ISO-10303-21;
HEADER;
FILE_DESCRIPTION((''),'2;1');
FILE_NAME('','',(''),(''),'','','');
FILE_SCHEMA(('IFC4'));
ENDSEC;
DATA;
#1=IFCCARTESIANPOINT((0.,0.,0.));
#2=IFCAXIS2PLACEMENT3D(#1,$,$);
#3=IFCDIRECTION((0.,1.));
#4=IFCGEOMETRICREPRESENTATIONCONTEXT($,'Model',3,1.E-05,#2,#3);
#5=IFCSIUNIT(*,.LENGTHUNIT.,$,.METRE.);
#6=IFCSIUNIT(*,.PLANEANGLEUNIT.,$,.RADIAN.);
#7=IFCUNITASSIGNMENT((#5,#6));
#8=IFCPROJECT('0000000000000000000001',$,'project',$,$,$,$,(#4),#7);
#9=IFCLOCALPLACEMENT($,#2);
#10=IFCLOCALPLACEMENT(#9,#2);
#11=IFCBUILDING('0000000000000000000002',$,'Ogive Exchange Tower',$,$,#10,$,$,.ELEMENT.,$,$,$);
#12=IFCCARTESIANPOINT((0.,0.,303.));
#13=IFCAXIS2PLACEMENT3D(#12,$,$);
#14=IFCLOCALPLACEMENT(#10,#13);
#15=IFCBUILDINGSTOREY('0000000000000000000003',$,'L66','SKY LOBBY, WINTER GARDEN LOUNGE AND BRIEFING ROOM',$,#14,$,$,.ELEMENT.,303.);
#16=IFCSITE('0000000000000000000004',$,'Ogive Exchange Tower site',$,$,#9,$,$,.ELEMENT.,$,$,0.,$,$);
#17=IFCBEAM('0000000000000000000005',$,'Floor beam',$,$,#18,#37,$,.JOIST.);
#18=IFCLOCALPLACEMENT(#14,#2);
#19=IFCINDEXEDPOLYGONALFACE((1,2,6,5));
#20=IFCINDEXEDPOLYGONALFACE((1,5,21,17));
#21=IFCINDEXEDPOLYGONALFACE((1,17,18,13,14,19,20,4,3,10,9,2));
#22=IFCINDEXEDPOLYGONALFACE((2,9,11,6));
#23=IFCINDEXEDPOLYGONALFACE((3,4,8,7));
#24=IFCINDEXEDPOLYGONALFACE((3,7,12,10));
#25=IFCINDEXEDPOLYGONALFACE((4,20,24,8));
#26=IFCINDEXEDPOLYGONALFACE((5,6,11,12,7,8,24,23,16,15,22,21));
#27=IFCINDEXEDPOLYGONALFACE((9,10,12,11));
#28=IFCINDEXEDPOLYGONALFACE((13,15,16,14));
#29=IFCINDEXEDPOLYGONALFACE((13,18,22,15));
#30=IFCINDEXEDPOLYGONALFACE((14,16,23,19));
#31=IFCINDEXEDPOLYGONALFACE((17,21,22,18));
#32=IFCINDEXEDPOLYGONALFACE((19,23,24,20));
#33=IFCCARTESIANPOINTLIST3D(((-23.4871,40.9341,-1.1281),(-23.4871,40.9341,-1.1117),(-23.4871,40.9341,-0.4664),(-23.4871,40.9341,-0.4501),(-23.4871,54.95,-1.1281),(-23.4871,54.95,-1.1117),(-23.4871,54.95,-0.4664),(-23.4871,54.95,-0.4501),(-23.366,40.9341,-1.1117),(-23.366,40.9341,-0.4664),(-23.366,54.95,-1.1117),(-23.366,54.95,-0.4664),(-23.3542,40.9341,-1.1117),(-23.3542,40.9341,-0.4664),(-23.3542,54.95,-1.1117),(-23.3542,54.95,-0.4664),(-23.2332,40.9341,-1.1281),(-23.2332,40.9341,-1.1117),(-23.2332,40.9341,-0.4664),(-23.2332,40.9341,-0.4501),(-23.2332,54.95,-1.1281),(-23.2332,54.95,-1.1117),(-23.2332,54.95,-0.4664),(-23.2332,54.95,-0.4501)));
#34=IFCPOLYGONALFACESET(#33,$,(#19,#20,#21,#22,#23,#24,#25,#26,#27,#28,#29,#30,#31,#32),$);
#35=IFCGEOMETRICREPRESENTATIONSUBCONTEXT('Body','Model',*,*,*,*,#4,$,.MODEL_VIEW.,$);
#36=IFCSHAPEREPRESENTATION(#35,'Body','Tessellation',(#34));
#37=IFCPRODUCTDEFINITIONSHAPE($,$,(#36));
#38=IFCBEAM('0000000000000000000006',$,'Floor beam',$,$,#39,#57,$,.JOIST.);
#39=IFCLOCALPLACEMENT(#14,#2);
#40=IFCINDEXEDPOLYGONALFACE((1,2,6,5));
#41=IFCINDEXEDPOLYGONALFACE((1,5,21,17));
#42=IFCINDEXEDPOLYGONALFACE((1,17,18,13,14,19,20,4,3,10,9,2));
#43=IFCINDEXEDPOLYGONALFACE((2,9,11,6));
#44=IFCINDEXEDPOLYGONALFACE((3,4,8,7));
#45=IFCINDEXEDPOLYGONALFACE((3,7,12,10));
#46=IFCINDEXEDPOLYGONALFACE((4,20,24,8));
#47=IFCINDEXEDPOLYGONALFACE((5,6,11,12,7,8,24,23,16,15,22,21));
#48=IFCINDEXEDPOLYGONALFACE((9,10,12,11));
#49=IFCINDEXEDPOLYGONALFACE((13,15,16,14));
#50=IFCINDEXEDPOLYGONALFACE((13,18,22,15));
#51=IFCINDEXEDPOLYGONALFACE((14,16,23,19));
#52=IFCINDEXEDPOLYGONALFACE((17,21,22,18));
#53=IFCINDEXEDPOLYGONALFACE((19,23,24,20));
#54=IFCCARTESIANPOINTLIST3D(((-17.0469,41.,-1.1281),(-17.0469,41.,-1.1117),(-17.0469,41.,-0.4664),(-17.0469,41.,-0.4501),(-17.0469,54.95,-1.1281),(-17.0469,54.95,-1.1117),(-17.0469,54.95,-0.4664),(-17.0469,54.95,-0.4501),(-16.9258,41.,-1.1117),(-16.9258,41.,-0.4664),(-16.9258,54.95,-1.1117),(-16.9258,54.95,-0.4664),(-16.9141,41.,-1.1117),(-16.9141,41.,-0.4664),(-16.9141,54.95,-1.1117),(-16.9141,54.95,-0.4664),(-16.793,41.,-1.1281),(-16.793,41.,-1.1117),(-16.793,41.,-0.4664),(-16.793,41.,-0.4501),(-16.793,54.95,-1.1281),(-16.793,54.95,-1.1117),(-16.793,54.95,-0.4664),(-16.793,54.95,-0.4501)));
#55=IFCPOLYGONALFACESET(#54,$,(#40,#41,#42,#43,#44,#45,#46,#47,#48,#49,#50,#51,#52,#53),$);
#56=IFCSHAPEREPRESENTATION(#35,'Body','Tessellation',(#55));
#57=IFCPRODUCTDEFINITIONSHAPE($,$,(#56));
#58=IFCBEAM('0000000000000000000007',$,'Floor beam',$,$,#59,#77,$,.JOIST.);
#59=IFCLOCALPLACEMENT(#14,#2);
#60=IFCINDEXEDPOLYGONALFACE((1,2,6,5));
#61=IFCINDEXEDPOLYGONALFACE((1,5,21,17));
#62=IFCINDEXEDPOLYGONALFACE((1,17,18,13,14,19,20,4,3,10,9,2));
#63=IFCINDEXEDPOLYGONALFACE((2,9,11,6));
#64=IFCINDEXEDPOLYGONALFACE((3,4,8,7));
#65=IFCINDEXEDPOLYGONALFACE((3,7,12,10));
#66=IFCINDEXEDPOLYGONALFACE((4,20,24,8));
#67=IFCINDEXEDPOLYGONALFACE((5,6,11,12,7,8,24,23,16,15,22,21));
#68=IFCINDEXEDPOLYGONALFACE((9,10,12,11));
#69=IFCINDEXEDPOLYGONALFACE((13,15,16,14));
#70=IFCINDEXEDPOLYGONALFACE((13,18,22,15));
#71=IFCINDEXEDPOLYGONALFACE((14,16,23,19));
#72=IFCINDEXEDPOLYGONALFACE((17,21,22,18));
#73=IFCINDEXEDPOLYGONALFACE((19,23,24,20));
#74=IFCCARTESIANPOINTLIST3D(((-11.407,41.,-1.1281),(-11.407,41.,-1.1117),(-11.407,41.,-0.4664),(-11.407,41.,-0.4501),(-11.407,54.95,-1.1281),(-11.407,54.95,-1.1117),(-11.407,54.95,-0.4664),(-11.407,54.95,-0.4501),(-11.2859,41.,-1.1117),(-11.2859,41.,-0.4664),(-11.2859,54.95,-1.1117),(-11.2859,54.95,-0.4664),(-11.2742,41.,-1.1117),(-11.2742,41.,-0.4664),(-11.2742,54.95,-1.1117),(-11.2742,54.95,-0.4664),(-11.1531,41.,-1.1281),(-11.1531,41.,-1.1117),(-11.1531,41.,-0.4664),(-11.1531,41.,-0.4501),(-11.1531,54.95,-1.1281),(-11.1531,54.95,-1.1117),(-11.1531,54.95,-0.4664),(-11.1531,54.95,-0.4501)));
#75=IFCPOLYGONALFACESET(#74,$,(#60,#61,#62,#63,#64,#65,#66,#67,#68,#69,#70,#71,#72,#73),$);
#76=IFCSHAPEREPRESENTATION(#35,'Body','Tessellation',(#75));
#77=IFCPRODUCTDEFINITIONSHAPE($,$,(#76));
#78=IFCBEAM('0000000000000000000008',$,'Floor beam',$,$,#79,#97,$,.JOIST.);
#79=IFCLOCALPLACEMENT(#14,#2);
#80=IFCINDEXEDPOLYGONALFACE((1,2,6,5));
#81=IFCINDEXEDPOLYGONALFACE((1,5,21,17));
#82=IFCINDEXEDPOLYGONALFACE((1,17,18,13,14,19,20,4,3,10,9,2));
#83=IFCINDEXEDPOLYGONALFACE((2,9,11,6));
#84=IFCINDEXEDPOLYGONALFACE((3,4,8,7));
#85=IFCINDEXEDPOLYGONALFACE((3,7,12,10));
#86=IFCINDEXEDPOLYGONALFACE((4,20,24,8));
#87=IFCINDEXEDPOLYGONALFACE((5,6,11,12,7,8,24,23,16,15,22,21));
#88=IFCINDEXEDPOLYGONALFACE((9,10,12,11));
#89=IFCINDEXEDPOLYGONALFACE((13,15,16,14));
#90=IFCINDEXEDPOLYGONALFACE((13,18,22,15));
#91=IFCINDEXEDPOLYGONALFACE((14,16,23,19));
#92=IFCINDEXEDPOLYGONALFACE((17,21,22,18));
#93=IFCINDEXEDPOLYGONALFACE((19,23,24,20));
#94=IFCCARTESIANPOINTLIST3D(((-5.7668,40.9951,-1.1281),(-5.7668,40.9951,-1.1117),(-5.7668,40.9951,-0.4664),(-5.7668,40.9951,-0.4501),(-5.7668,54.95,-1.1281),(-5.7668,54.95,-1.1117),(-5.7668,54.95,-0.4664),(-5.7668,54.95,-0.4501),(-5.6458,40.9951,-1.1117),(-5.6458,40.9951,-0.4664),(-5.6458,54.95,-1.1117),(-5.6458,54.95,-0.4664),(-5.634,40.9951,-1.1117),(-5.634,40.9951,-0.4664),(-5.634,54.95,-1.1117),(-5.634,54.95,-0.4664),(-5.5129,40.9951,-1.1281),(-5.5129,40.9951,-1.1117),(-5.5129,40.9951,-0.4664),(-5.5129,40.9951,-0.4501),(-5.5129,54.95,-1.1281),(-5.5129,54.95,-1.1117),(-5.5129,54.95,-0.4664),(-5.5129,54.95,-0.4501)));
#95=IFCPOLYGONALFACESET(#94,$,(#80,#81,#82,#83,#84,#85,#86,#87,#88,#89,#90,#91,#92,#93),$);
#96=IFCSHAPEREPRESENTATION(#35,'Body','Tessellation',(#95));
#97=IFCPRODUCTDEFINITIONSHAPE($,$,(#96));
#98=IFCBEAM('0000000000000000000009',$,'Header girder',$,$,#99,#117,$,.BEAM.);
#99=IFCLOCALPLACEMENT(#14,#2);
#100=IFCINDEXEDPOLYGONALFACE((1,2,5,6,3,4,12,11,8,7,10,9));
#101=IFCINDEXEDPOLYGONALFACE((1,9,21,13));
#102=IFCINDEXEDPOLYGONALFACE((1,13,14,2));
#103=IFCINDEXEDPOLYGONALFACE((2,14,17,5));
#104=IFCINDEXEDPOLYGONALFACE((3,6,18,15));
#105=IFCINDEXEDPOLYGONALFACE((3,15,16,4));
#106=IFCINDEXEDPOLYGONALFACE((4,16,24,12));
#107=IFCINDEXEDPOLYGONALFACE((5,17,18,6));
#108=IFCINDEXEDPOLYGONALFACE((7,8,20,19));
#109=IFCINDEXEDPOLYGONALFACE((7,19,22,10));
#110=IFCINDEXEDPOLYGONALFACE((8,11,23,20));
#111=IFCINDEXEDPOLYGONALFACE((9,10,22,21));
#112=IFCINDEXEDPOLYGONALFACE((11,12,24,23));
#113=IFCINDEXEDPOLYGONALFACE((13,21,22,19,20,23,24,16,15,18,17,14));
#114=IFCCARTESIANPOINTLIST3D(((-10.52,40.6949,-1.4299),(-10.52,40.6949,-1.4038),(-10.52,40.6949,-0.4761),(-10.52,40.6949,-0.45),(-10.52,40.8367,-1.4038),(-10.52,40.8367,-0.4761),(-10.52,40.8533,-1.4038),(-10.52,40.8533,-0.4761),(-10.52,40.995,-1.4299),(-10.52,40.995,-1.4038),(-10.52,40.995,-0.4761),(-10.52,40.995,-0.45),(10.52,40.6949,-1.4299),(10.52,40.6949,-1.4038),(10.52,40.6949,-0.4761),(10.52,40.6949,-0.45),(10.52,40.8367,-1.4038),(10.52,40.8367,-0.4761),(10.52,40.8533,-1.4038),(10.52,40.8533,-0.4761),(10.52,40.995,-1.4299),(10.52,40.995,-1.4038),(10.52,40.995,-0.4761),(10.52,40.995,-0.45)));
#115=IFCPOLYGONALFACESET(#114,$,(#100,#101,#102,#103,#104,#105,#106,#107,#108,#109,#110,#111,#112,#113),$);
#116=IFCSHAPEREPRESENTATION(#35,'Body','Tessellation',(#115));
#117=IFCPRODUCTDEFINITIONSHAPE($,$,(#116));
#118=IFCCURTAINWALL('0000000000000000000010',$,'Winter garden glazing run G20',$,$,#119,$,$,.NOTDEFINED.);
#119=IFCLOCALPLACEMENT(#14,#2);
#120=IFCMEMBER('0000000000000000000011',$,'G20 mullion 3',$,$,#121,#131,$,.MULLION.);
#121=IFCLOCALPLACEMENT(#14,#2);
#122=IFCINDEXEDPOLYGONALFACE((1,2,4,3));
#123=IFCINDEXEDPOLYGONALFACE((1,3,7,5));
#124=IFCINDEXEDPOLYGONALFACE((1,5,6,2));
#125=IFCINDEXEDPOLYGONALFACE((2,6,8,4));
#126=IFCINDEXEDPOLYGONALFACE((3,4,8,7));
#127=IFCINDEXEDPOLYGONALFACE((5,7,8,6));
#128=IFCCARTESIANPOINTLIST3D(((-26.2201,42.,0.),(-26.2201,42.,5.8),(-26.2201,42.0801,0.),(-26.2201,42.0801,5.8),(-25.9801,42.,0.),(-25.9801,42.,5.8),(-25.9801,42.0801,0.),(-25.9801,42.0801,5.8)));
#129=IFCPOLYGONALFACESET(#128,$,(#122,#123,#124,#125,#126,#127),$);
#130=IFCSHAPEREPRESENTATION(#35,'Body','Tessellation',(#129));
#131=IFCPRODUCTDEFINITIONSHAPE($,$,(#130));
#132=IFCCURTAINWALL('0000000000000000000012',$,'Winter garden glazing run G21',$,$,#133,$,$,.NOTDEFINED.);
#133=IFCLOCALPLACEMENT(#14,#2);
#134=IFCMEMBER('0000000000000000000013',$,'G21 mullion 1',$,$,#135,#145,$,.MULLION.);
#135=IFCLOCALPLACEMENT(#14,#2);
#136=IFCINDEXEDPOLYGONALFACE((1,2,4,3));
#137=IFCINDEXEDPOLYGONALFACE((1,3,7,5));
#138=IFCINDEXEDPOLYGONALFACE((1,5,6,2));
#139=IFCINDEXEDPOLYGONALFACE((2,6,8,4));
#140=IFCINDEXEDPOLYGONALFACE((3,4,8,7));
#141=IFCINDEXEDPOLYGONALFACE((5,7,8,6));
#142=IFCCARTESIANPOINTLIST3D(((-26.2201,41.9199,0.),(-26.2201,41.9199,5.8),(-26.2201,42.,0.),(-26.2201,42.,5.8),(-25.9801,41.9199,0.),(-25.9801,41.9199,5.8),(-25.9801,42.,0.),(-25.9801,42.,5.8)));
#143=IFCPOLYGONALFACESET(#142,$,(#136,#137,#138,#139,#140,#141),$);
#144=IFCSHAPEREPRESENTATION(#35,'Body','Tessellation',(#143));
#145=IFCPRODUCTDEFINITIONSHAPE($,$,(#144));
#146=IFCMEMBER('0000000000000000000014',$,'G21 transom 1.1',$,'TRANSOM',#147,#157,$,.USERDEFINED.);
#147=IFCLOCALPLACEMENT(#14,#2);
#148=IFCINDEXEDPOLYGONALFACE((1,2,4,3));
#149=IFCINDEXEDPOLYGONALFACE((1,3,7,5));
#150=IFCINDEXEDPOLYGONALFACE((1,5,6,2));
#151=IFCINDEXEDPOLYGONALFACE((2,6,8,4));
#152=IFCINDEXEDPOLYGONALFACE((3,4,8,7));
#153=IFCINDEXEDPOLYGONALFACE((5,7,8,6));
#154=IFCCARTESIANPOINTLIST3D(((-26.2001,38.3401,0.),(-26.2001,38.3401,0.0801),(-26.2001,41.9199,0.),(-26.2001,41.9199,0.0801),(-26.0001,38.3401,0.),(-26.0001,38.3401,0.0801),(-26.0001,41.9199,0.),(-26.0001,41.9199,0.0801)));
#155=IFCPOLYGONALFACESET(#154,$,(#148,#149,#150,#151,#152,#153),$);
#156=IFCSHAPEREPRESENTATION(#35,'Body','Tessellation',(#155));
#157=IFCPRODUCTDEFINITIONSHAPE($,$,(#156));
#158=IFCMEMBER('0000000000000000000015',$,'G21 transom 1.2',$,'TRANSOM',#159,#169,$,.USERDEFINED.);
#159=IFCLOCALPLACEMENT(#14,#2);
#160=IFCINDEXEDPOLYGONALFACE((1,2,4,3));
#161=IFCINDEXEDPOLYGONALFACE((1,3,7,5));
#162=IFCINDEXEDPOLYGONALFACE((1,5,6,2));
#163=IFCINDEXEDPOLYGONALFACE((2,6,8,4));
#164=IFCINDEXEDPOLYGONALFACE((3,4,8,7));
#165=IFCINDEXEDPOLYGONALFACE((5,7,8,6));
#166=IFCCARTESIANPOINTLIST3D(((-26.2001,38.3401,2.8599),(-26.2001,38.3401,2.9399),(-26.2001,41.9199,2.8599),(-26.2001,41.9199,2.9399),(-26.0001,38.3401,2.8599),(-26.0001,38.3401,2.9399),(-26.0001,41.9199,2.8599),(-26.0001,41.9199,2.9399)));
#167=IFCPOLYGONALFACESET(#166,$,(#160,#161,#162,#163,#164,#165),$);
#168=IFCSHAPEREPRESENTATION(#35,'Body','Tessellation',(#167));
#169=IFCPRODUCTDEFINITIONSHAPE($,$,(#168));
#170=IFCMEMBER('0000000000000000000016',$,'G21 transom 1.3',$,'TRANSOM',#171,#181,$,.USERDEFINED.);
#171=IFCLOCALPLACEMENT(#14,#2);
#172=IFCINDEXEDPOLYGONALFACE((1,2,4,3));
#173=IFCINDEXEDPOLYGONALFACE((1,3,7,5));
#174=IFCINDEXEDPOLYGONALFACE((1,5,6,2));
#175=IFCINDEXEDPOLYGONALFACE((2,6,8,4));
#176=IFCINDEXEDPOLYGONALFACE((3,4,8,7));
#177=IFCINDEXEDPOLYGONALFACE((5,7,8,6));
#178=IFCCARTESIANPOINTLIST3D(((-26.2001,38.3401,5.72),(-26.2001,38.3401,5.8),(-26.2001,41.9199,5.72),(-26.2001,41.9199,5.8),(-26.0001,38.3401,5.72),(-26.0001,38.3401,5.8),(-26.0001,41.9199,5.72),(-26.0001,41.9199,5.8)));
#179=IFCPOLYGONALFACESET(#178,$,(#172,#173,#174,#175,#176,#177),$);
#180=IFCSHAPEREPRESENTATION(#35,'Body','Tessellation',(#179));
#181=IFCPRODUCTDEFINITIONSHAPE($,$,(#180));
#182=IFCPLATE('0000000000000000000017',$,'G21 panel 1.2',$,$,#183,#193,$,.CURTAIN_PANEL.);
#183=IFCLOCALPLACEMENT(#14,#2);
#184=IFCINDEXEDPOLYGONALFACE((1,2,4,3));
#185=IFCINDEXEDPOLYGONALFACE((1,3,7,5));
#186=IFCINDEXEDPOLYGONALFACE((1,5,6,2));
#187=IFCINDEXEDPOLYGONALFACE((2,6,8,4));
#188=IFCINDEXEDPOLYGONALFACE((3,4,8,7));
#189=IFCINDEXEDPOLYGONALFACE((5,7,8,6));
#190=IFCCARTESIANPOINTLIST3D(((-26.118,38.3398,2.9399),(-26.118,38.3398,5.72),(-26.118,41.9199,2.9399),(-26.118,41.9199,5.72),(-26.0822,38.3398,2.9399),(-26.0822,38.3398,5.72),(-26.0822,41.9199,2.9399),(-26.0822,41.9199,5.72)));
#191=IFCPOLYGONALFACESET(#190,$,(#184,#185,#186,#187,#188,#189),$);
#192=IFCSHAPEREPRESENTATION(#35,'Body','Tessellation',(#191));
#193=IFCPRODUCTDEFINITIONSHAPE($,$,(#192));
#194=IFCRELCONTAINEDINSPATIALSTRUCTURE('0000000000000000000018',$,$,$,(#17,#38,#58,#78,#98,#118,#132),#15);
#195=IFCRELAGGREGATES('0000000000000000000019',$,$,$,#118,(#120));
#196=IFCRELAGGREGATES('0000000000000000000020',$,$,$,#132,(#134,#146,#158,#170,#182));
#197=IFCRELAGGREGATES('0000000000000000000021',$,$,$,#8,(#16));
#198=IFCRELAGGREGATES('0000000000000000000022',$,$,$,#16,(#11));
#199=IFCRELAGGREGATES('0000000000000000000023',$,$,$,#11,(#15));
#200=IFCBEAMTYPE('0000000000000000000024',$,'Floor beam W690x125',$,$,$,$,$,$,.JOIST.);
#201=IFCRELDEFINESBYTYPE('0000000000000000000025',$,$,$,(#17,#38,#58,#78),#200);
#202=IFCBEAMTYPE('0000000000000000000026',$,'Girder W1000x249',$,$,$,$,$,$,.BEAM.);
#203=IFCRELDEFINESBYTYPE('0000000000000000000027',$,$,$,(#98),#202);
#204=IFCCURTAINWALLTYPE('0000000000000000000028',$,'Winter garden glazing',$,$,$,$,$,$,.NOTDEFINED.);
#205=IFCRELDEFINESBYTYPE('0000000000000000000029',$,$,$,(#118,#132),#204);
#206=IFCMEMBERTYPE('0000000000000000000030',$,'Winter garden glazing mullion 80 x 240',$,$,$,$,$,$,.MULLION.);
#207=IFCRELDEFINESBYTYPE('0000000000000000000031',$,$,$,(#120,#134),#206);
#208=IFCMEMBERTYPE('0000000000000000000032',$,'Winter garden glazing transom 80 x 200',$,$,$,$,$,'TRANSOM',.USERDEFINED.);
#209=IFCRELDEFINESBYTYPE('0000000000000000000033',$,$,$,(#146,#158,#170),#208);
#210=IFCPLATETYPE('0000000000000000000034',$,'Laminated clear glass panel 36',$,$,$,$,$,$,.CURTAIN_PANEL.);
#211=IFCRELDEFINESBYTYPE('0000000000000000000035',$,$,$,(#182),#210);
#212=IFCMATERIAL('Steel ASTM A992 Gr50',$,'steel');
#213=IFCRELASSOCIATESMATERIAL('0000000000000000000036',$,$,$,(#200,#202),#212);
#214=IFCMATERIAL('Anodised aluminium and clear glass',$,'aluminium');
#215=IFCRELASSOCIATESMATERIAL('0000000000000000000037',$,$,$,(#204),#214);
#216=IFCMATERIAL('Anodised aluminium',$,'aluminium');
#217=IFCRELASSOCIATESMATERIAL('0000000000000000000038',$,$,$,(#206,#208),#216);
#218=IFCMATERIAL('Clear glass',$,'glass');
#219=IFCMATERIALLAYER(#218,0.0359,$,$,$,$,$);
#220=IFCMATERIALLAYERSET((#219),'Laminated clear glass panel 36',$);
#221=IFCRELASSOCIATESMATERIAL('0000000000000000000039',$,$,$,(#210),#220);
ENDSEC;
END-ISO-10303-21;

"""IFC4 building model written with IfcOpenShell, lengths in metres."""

from ifc_helpers import new_model, si_unit, direction, frame, origin, origin_2d, place, context, subcontext, project, spatial, rectangle, i_section, extrude, material, layer, layer_set, material_profile, profile_set, type_object, element, aggregate, save


model = new_model("IFC4")

# Units and contexts
model_context = context("Model", 3, precision=1e-05, world=origin(), true_north=direction((0.0, 1.0)))
body_context = subcontext(model_context, "Body", "Model", "MODEL_VIEW")
ifc_project = project(units=[si_unit("LENGTHUNIT", "METRE"), si_unit("PLANEANGLEUNIT", "RADIAN")], contexts=[model_context])

# Site, building, storey
site_placement = place(None, origin())
site = spatial("IfcSite", under=ifc_project, at=site_placement, Name="Ogive Exchange Tower site", CompositionType="ELEMENT", RefElevation=0.0)
building_placement = place(site_placement, origin())
building = spatial("IfcBuilding", under=site, at=building_placement, Name="Ogive Exchange Tower", CompositionType="ELEMENT")
storey_placement = place(building_placement, frame((0.0, 0.0, 303.0)))
storey = spatial("IfcBuildingStorey", under=building, at=storey_placement, Name="L66", Description="SKY LOBBY, WINTER GARDEN LOUNGE AND BRIEFING ROOM", CompositionType="ELEMENT", Elevation=303.0)

# Beams
ifc_material_1 = material(Name="Steel ASTM A992 Gr50", Category="steel")
ifc_material_profile_1 = material_profile(ifc_material_1, i_section(OverallWidth=0.2539, OverallDepth=0.678, WebThickness=0.0117, FlangeThickness=0.0164, at=origin_2d()), Name="W690x125")
ifc_profile_set_1 = profile_set([ifc_material_profile_1], Name="Steel ASTM A992 Gr50")
beam_type_1 = type_object("IfcBeamType", Name="Floor beam W690x125", PredefinedType="JOIST", material=ifc_profile_set_1)
beam_1_placement = place(storey_placement, frame((-23.3601, 40.9341, -0.7891), z_axis=(0.0, 1.0, 0.0), x_axis=(-1.0, 0.0, 0.0)))
element("IfcBeam", 1, at=beam_1_placement, inside=storey, type_object=beam_type_1, Name="Floor beam", PredefinedType="JOIST", context=body_context, shape_type="SweptSolid", body=[
    extrude(i_section(OverallWidth=0.2539, OverallDepth=0.678, WebThickness=0.0117, FlangeThickness=0.0164, at=origin_2d()), origin(), (0.0, 0.0, 1.0), 14.0159),
])
for number, where, z_axis, x_axis, name in (
    (2, (-16.9199, 41.0, -0.7891), (0.0, 1.0, 0.0), (-1.0, 0.0, 0.0), "Floor beam"),
    (3, (-11.28, 41.0, -0.7891), (0.0, 1.0, 0.0), (-1.0, 0.0, 0.0), "Floor beam"),
):
    element("IfcBeam", number, at=place(storey_placement, frame(where, z_axis=z_axis, x_axis=x_axis)), inside=storey, type_object=beam_type_1, Name=name, PredefinedType="JOIST", context=body_context, shape_type="SweptSolid", body=[
        extrude(i_section(OverallWidth=0.2539, OverallDepth=0.678, WebThickness=0.0117, FlangeThickness=0.0164, at=origin_2d()), origin(), (0.0, 0.0, 1.0), 13.95),
    ])
beam_2_placement = place(storey_placement, frame((-5.6399, 40.9951, -0.7891), z_axis=(0.0, 1.0, 0.0), x_axis=(-1.0, 0.0, 0.0)))
element("IfcBeam", 4, at=beam_2_placement, inside=storey, type_object=beam_type_1, Name="Floor beam", PredefinedType="JOIST", context=body_context, shape_type="SweptSolid", body=[
    extrude(i_section(OverallWidth=0.2539, OverallDepth=0.678, WebThickness=0.0117, FlangeThickness=0.0164, at=origin_2d()), origin(), (0.0, 0.0, 1.0), 13.9548),
])
ifc_material_profile_2 = material_profile(ifc_material_1, i_section(OverallWidth=0.3, OverallDepth=0.98, WebThickness=0.0166, FlangeThickness=0.0261, at=origin_2d()), Name="W1000x249")
ifc_profile_set_2 = profile_set([ifc_material_profile_2], Name="Steel ASTM A992 Gr50")
beam_type_2 = type_object("IfcBeamType", Name="Girder W1000x249", PredefinedType="BEAM", material=ifc_profile_set_2)
beam_3_placement = place(storey_placement, frame((-10.52, 40.845, -0.9399), z_axis=(1.0, 0.0, 0.0), x_axis=(0.0, 1.0, 0.0)))
element("IfcBeam", 5, at=beam_3_placement, inside=storey, type_object=beam_type_2, Name="Header girder", PredefinedType="BEAM", context=body_context, shape_type="SweptSolid", body=[
    extrude(i_section(OverallWidth=0.3, OverallDepth=0.98, WebThickness=0.0166, FlangeThickness=0.0261, at=origin_2d()), origin(), (0.0, 0.0, 1.0), 21.04),
])

# Curtain wall, member
ifc_material_2 = material(Name="Anodised aluminium and clear glass", Category="aluminium")
curtain_wall_type = type_object("IfcCurtainWallType", Name="Winter garden glazing", PredefinedType="NOTDEFINED", material=ifc_material_2)
curtain_wall_1_placement = place(storey_placement, origin())
curtain_wall_1 = element("IfcCurtainWall", 6, at=curtain_wall_1_placement, inside=storey, type_object=curtain_wall_type, Name="Winter garden glazing run G20", PredefinedType="NOTDEFINED")
ifc_material_3 = material(Name="Anodised aluminium", Category="aluminium")
ifc_material_profile_3 = material_profile(ifc_material_3, rectangle(XDim=0.24, YDim=0.0801, at=origin_2d()), Name="AL 80x240")
ifc_profile_set_3 = profile_set([ifc_material_profile_3], Name="Anodised aluminium")
member_type_1 = type_object("IfcMemberType", Name="Winter garden glazing mullion 80 x 240", PredefinedType="MULLION", material=ifc_profile_set_3)
member_1_placement = place(storey_placement, frame((-26.1001, 42.04, 0.0), z_axis=(0.0, 0.0, 1.0), x_axis=(1.0, 0.0, 0.0)))
member_1 = element("IfcMember", 7, at=member_1_placement, type_object=member_type_1, Name="G20 mullion 3", PredefinedType="MULLION", context=body_context, shape_type="SweptSolid", body=[
    extrude(rectangle(XDim=0.24, YDim=0.0801, at=origin_2d()), origin(), (0.0, 0.0, 1.0), 5.8),
])
aggregate(curtain_wall_1, [member_1])

# Curtain wall, members, plate
curtain_wall_2_placement = place(storey_placement, origin())
curtain_wall_2 = element("IfcCurtainWall", 8, at=curtain_wall_2_placement, inside=storey, type_object=curtain_wall_type, Name="Winter garden glazing run G21", PredefinedType="NOTDEFINED")
member_2_placement = place(storey_placement, frame((-26.1001, 41.96, 0.0), z_axis=(0.0, 0.0, 1.0), x_axis=(1.0, 0.0, 0.0)))
member_2 = element("IfcMember", 9, at=member_2_placement, type_object=member_type_1, Name="G21 mullion 1", PredefinedType="MULLION", context=body_context, shape_type="SweptSolid", body=[
    extrude(rectangle(XDim=0.24, YDim=0.0801, at=origin_2d()), origin(), (0.0, 0.0, 1.0), 5.8),
])
ifc_material_profile_4 = material_profile(ifc_material_3, rectangle(XDim=0.2, YDim=0.0801, at=origin_2d()), Name="AL 80x200")
ifc_profile_set_4 = profile_set([ifc_material_profile_4], Name="Anodised aluminium")
member_type_2 = type_object("IfcMemberType", Name="Winter garden glazing transom 80 x 200", ElementType="TRANSOM", PredefinedType="USERDEFINED", material=ifc_profile_set_4)
member_3_placement = place(storey_placement, frame((-26.1001, 41.9199, 0.04), z_axis=(0.0, -1.0, 0.0), x_axis=(1.0, 0.0, 0.0)))
member_3 = element("IfcMember", 10, at=member_3_placement, type_object=member_type_2, Name="G21 transom 1.1", ObjectType="TRANSOM", PredefinedType="USERDEFINED", context=body_context, shape_type="SweptSolid", body=[
    extrude(rectangle(XDim=0.2, YDim=0.0801, at=origin_2d()), origin(), (0.0, 0.0, 1.0), 3.5798),
])
member_4_placement = place(storey_placement, frame((-26.1001, 41.9199, 2.8999), z_axis=(0.0, -1.0, 0.0), x_axis=(1.0, 0.0, 0.0)))
member_4 = element("IfcMember", 11, at=member_4_placement, type_object=member_type_2, Name="G21 transom 1.2", ObjectType="TRANSOM", PredefinedType="USERDEFINED", context=body_context, shape_type="SweptSolid", body=[
    extrude(rectangle(XDim=0.2, YDim=0.0801, at=origin_2d()), origin(), (0.0, 0.0, 1.0), 3.5798),
])
member_5_placement = place(storey_placement, frame((-26.1001, 41.9199, 5.76), z_axis=(0.0, -1.0, 0.0), x_axis=(1.0, 0.0, 0.0)))
member_5 = element("IfcMember", 12, at=member_5_placement, type_object=member_type_2, Name="G21 transom 1.3", ObjectType="TRANSOM", PredefinedType="USERDEFINED", context=body_context, shape_type="SweptSolid", body=[
    extrude(rectangle(XDim=0.2, YDim=0.0801, at=origin_2d()), origin(), (0.0, 0.0, 1.0), 3.5798),
])
ifc_material_4 = material(Name="Clear glass", Category="glass")
ifc_layer_1 = layer(ifc_material_4, 0.0359)
ifc_layer_set_1 = layer_set([ifc_layer_1], Name="Laminated clear glass panel 36")
plate_type = type_object("IfcPlateType", Name="Laminated clear glass panel 36", PredefinedType="CURTAIN_PANEL", material=ifc_layer_set_1)
plate_placement = place(storey_placement, frame((-26.1001, 40.1299, 2.9399), z_axis=(0.0, 0.0, 1.0), x_axis=(0.0, -1.0, 0.0)))
plate = element("IfcPlate", 13, at=plate_placement, type_object=plate_type, Name="G21 panel 1.2", PredefinedType="CURTAIN_PANEL", context=body_context, shape_type="SweptSolid", body=[
    extrude(rectangle(XDim=3.5801, YDim=0.0359, at=origin_2d()), origin(), (0.0, 0.0, 1.0), 2.78),
])
aggregate(curtain_wall_2, [member_2, member_3, member_4, member_5, plate])

save(model, "model.ifc")
